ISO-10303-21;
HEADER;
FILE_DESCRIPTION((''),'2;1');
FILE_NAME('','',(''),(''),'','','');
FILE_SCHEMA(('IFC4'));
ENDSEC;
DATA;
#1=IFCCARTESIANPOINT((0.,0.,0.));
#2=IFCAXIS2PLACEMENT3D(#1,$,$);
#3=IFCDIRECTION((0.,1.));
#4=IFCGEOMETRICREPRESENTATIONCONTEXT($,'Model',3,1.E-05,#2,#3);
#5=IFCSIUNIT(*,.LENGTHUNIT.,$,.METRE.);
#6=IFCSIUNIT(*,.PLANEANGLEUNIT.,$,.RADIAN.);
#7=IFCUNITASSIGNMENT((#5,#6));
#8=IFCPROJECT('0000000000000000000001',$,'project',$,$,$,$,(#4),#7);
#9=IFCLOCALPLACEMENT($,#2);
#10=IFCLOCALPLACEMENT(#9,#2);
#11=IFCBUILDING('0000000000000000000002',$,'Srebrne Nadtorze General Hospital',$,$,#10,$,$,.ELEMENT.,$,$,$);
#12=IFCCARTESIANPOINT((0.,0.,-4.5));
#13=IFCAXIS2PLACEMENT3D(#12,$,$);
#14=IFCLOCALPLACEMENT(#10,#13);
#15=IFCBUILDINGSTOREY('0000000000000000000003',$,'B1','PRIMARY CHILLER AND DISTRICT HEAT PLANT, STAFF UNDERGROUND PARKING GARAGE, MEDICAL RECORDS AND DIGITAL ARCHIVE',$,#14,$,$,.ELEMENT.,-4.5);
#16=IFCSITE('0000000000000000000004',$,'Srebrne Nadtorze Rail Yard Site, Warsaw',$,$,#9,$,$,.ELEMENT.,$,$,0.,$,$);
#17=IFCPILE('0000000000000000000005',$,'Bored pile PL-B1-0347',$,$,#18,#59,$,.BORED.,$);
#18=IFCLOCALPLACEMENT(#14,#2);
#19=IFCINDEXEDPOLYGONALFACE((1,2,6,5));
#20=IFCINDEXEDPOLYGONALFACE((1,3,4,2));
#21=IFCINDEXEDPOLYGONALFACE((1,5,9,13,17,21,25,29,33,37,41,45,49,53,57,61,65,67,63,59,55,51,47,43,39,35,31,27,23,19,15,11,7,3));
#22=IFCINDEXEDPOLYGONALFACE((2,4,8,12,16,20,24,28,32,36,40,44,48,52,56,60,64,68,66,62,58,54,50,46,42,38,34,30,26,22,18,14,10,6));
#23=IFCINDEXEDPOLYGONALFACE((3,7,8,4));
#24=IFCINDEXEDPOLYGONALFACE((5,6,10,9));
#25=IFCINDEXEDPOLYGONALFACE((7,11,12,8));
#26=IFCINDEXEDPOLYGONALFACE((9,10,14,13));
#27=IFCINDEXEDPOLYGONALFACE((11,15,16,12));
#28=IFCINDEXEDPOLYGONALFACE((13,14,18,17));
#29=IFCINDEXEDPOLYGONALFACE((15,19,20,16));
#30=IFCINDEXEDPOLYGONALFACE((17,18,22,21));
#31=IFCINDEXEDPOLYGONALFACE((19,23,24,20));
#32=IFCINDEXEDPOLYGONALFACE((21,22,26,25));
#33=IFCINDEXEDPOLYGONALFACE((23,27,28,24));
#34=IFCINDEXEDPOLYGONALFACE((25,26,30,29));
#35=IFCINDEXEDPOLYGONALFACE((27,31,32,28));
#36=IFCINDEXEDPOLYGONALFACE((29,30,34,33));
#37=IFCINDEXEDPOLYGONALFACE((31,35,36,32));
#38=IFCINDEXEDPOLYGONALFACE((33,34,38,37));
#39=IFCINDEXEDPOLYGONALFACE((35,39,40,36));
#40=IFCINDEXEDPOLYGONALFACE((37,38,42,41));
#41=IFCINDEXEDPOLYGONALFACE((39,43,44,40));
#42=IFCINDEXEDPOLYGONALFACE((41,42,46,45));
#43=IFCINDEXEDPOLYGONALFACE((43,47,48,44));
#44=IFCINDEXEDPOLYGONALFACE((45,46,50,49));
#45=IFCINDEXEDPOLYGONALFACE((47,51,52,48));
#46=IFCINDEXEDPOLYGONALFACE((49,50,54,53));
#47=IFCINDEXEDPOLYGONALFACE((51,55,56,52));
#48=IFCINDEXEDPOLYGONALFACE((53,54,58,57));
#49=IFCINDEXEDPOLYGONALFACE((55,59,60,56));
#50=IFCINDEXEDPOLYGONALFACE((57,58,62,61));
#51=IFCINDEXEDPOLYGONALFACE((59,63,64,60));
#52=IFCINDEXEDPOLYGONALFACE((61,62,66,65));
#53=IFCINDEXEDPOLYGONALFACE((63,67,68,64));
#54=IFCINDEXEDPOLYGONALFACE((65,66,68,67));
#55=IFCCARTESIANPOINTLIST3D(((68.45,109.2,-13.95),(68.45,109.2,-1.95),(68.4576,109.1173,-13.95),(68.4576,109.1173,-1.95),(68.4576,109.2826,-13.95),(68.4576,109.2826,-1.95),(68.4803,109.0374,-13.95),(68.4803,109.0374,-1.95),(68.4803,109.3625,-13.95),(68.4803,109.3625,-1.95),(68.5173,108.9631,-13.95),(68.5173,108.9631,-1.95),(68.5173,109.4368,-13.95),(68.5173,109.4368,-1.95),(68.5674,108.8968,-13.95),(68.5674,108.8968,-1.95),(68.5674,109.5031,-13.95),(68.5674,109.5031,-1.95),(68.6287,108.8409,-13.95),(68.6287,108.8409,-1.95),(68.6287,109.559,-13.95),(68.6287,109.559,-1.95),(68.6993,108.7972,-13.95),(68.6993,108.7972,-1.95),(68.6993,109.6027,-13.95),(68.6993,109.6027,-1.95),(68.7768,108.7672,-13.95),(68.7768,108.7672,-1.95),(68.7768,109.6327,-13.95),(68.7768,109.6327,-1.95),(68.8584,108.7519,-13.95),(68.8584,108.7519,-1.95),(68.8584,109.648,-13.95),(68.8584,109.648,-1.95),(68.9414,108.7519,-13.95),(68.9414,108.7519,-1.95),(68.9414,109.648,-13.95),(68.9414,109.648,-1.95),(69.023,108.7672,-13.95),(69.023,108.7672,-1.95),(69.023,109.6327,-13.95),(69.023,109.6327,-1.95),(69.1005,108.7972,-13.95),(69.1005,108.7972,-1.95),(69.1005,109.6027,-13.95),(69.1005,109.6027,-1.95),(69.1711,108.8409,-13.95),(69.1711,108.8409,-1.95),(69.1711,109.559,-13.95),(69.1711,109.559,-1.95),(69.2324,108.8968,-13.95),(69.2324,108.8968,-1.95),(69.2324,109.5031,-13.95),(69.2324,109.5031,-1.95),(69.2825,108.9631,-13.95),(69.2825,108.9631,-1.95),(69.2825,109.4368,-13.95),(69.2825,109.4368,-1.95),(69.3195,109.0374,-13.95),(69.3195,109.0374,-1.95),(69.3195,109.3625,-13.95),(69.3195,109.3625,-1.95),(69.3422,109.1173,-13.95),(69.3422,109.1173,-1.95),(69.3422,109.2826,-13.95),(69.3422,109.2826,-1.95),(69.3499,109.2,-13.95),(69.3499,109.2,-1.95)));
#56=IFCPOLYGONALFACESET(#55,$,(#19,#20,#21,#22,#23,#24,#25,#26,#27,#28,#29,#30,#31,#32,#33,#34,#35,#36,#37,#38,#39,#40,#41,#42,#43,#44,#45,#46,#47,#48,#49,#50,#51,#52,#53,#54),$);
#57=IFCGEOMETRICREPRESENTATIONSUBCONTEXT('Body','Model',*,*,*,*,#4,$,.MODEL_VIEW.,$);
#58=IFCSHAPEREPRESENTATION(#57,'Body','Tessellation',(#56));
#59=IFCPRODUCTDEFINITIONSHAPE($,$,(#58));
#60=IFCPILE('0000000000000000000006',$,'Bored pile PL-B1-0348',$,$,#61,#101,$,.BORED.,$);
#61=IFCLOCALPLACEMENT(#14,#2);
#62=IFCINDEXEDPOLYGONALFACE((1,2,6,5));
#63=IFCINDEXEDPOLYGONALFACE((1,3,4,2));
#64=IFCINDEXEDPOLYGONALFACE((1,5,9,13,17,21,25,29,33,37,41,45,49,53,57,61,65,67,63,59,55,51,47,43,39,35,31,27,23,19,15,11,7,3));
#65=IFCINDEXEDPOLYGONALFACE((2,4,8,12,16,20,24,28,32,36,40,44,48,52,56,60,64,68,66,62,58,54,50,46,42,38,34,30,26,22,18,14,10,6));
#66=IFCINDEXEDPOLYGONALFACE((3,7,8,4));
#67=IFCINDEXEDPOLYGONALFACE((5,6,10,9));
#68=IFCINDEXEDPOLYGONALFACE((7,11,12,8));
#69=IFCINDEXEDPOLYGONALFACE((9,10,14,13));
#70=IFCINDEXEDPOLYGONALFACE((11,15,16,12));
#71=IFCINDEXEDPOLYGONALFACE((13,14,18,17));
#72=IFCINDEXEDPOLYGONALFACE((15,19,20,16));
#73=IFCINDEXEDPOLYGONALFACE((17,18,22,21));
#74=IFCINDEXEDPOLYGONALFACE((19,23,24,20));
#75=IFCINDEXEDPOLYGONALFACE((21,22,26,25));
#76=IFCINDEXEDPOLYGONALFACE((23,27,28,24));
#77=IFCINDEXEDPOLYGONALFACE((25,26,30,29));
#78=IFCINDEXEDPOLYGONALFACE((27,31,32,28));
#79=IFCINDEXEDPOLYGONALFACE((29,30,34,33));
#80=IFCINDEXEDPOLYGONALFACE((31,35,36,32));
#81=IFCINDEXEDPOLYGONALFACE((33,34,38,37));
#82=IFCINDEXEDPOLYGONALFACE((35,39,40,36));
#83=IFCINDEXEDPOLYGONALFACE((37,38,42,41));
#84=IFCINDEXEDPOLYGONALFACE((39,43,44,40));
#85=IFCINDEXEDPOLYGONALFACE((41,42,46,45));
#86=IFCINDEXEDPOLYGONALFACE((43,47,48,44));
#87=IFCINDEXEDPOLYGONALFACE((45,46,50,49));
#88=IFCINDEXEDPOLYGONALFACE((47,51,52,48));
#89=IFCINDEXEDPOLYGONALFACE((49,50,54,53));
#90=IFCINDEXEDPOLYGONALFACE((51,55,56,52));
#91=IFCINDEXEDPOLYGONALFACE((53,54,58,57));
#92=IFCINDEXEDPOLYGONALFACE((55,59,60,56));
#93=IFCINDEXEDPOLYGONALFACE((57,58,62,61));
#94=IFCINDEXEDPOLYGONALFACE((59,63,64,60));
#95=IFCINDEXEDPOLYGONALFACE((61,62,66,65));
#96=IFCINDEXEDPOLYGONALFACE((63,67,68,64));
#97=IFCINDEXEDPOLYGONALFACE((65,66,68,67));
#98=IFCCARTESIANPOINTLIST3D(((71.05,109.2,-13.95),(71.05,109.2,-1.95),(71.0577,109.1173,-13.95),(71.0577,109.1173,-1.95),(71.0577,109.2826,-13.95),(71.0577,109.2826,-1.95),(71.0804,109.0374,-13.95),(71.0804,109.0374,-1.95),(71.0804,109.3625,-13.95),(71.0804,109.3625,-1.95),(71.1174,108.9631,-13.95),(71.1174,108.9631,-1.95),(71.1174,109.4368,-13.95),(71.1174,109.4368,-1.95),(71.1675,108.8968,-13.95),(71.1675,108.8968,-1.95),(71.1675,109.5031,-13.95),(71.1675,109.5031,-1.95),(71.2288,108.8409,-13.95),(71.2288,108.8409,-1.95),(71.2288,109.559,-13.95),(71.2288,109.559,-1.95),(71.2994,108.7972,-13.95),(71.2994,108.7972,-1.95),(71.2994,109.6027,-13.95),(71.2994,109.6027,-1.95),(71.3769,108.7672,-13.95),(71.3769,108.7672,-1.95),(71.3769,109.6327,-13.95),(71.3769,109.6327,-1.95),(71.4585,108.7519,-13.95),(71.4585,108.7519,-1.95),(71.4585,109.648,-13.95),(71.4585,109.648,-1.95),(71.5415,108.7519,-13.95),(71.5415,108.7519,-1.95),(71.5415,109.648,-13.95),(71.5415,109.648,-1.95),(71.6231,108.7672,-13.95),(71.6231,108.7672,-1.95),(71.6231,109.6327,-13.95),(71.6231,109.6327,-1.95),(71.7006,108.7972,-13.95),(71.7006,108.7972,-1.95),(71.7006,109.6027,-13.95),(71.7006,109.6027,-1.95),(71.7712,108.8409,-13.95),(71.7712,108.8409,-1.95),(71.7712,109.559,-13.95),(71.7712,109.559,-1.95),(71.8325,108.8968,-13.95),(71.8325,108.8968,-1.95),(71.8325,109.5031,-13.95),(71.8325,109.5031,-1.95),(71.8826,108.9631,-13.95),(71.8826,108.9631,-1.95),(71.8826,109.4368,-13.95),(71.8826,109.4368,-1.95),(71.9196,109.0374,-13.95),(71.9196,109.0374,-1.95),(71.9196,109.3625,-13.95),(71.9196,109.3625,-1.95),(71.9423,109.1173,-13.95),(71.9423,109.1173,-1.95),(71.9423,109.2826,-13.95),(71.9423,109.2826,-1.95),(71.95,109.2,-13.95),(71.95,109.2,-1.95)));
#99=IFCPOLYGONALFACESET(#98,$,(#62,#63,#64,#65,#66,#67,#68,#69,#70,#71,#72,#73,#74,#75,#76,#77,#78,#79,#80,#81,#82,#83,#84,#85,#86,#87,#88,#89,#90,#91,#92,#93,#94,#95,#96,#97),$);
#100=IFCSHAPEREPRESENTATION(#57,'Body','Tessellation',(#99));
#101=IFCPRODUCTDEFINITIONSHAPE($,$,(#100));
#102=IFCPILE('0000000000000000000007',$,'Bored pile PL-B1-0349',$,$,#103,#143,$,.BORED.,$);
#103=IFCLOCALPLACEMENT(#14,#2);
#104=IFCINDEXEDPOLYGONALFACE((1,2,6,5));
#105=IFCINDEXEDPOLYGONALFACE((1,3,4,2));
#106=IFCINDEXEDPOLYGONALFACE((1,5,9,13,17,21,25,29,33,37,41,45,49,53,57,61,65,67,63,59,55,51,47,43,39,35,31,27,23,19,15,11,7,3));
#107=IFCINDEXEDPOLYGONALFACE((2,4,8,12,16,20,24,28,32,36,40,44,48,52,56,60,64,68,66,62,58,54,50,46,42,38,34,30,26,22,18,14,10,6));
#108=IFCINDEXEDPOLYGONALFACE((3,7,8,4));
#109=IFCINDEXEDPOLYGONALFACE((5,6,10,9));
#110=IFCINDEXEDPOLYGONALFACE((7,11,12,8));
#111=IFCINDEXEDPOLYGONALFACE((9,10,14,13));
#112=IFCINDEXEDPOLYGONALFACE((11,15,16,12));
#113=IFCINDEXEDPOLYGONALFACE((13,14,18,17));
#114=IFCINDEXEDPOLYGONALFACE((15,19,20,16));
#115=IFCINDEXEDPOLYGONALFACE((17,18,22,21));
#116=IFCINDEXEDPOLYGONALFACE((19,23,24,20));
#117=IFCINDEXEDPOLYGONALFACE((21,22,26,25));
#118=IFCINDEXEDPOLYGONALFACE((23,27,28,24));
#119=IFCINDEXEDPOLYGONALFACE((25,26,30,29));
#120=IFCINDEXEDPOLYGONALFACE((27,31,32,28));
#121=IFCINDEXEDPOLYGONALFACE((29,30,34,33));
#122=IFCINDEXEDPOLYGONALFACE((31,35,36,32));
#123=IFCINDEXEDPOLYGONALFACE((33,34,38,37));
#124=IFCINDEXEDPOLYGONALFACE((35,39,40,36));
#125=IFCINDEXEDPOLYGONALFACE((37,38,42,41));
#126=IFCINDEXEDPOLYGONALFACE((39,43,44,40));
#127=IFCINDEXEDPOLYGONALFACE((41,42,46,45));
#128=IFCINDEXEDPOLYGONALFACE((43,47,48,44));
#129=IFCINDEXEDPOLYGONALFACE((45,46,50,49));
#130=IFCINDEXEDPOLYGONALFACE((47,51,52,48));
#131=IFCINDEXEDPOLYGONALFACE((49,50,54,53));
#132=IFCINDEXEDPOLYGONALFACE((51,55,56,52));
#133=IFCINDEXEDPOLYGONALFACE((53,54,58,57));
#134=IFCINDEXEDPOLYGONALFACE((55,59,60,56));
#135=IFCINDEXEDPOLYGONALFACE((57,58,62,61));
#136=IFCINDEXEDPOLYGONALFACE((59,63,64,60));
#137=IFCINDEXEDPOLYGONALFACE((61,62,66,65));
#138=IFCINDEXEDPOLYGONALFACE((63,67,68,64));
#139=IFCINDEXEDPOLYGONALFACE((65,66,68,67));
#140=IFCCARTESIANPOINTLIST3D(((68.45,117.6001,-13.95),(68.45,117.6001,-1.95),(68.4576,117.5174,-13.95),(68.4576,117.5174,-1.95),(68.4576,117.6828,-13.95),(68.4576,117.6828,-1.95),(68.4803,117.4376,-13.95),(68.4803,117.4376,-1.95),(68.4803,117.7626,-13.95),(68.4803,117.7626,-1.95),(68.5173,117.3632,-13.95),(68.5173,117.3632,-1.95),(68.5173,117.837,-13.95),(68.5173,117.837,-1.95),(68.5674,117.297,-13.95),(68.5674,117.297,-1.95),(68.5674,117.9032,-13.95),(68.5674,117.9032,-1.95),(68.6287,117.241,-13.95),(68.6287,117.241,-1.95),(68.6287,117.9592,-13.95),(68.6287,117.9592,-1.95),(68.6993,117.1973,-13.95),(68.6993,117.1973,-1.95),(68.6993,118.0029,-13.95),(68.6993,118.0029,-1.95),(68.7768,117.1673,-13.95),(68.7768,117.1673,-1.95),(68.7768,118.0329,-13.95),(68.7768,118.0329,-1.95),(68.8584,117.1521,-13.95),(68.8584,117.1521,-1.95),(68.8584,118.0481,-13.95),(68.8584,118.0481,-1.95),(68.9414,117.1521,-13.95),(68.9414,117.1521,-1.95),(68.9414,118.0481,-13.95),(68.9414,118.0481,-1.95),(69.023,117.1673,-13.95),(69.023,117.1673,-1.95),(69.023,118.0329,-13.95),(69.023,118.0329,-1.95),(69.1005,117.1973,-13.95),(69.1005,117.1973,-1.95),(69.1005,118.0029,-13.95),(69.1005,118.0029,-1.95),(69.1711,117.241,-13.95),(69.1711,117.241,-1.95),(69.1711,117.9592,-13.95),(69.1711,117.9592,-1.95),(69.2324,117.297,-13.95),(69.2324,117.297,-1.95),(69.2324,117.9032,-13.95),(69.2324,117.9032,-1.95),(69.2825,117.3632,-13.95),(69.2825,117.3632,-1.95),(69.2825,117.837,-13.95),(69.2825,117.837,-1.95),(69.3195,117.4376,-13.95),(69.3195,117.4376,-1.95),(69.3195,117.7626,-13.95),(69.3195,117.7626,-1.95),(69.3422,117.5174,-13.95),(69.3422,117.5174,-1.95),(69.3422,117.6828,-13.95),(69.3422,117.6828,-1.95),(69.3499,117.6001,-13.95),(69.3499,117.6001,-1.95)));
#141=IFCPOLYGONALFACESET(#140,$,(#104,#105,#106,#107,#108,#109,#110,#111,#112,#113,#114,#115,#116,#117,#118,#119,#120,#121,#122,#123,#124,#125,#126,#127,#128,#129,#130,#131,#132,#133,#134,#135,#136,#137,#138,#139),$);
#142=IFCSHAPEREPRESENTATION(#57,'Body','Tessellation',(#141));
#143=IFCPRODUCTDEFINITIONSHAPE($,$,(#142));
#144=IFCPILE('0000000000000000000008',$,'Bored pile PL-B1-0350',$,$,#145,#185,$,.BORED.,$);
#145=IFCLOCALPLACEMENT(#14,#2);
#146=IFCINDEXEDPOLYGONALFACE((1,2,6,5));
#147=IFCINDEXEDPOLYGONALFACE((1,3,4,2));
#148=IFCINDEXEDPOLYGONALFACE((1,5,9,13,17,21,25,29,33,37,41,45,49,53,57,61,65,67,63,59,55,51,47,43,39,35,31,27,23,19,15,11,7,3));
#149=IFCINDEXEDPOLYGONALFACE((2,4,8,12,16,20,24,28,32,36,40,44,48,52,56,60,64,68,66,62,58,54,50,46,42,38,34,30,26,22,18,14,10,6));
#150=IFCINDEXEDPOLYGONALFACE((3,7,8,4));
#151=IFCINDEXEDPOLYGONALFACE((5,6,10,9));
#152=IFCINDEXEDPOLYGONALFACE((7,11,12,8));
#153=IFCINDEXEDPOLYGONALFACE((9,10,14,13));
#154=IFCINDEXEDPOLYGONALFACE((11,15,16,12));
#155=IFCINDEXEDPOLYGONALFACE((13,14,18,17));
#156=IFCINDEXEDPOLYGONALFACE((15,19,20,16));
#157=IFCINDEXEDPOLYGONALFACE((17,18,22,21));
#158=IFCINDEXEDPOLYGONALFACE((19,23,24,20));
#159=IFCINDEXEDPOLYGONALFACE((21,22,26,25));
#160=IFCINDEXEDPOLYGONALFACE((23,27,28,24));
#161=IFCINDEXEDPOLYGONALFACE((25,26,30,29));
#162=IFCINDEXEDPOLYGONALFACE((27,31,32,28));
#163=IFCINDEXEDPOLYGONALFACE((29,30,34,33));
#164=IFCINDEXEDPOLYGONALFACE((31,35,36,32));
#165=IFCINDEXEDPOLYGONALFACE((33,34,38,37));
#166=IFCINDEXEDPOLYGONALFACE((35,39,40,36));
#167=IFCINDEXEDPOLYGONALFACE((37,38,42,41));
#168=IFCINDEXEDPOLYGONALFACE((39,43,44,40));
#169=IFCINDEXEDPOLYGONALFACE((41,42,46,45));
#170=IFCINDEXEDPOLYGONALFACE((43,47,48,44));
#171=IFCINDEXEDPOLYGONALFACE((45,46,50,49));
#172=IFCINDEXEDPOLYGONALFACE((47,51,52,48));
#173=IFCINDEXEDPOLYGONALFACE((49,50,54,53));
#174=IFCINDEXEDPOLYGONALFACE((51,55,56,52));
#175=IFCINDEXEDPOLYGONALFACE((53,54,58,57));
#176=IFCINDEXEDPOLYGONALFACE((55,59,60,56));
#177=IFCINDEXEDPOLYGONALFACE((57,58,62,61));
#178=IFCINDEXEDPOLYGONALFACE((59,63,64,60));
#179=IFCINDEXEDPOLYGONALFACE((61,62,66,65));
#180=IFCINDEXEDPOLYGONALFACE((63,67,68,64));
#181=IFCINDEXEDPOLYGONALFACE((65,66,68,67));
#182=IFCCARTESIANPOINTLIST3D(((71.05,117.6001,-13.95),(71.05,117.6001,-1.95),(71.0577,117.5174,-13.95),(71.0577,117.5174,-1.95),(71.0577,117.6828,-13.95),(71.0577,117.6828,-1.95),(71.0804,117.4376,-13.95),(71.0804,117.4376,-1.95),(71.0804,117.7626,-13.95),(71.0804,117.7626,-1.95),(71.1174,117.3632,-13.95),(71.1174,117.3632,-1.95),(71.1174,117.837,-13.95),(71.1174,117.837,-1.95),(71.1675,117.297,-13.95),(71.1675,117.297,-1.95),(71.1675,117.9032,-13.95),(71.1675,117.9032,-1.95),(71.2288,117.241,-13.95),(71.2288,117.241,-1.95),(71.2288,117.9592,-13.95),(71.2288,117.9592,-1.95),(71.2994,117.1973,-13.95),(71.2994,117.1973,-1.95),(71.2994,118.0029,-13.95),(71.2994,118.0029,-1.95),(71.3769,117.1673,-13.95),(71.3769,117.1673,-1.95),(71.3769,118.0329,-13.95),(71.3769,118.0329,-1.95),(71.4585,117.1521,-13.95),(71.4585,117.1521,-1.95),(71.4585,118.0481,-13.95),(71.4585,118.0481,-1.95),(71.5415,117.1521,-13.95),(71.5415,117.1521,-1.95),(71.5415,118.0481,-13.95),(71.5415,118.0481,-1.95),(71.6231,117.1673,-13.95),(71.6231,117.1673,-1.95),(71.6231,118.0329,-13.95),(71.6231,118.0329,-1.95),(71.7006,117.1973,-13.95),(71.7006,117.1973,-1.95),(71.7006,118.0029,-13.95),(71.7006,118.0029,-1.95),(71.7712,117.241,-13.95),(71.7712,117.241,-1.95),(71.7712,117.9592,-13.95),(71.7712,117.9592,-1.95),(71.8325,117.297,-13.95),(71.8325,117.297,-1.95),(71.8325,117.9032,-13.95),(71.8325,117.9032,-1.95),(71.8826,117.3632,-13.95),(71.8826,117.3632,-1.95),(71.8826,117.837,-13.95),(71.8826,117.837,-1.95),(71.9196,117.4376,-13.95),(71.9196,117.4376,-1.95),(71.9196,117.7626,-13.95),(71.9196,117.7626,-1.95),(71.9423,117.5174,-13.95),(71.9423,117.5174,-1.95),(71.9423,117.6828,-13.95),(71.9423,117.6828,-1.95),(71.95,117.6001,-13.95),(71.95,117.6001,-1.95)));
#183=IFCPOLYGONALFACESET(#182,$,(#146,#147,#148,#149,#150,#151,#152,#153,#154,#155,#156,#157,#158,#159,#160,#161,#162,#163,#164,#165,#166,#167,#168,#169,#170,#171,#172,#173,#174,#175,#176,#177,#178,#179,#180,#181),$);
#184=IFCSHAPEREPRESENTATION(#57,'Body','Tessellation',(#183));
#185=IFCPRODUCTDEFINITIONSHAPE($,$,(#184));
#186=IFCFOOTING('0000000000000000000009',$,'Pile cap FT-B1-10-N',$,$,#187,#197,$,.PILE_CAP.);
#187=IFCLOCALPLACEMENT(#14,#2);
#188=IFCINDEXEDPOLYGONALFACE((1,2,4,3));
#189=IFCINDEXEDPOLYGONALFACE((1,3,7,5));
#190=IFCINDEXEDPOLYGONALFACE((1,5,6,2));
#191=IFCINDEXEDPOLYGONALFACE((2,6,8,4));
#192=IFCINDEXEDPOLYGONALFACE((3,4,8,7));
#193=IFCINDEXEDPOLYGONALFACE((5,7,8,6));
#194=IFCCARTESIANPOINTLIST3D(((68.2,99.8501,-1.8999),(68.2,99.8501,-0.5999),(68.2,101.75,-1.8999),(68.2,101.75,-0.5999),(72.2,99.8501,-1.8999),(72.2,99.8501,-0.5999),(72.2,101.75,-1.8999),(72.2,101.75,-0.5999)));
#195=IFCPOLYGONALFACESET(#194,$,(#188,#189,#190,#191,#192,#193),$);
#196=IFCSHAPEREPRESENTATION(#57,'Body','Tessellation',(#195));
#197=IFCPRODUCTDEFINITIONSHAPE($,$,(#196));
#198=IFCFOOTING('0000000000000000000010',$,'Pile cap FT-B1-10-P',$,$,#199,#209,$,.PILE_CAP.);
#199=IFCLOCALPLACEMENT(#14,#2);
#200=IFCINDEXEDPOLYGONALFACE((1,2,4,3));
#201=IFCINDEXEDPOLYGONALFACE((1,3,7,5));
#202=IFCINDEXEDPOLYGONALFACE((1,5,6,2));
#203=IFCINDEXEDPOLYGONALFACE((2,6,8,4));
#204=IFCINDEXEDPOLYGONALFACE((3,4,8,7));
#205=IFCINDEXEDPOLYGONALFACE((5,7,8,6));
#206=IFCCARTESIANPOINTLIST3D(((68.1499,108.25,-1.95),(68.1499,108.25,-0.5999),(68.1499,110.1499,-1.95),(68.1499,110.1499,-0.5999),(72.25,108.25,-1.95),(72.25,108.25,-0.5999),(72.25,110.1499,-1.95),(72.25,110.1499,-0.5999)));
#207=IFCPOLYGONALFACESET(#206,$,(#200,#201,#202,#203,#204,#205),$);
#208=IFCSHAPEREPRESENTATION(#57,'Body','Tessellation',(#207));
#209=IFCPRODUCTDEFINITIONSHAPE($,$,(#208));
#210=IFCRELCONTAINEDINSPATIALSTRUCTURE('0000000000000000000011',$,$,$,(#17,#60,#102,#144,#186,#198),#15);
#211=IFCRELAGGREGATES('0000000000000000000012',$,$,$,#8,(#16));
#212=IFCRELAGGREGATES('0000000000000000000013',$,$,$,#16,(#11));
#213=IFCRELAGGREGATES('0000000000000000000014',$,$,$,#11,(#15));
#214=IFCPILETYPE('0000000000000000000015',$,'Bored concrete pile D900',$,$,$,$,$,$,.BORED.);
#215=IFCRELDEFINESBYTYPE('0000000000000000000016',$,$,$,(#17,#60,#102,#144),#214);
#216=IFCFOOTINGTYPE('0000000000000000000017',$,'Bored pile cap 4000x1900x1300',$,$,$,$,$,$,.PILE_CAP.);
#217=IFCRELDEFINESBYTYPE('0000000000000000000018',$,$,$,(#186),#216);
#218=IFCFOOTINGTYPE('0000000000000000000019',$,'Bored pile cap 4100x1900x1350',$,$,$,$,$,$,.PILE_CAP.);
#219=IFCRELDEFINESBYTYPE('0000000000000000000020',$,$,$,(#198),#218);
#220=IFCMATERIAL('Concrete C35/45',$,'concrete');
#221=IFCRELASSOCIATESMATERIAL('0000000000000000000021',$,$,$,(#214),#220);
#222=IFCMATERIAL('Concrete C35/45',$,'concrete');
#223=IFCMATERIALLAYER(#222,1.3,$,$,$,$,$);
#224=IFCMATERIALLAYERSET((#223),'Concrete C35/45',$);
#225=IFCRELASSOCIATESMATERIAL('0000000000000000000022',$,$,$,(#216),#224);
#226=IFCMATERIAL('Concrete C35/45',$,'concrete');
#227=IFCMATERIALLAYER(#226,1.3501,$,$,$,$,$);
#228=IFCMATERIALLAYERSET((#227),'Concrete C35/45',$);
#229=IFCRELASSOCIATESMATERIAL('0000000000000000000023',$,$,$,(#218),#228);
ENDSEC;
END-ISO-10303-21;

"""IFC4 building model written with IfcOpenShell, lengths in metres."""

from ifc_helpers import new_model, si_unit, direction, frame, origin, origin_2d, place, context, subcontext, project, spatial, rectangle, circle, extrude, material, layer, layer_set, material_profile, profile_set, type_object, element, save


model = new_model("IFC4")

# Units and contexts
model_context = context("Model", 3, precision=1e-05, world=origin(), true_north=direction((0.0, 1.0)))
body_context = subcontext(model_context, "Body", "Model", "MODEL_VIEW")
ifc_project = project(units=[si_unit("LENGTHUNIT", "METRE"), si_unit("PLANEANGLEUNIT", "RADIAN")], contexts=[model_context])

# Site, building, storey
site_placement = place(None, origin())
site = spatial("IfcSite", under=ifc_project, at=site_placement, Name="Srebrne Nadtorze Rail Yard Site, Warsaw", CompositionType="ELEMENT", RefElevation=0.0)
building_placement = place(site_placement, origin())
building = spatial("IfcBuilding", under=site, at=building_placement, Name="Srebrne Nadtorze General Hospital", CompositionType="ELEMENT")
storey_placement = place(building_placement, frame((0.0, 0.0, -4.5)))
storey = spatial("IfcBuildingStorey", under=building, at=storey_placement, Name="B1", Description="PRIMARY CHILLER AND DISTRICT HEAT PLANT, STAFF UNDERGROUND PARKING GARAGE, MEDICAL RECORDS AND DIGITAL ARCHIVE", CompositionType="ELEMENT", Elevation=-4.5)

# Piles
ifc_material_1 = material(Name="Concrete C35/45", Category="concrete")
ifc_material_profile_1 = material_profile(ifc_material_1, circle(Radius=0.45, at=origin_2d()), Name="PILE-D900")
ifc_profile_set_1 = profile_set([ifc_material_profile_1], Name="Concrete C35/45")
pile_type_1 = type_object("IfcPileType", Name="Bored concrete pile D900", PredefinedType="BORED", material=ifc_profile_set_1)
for number, where, z_axis, x_axis, name in (
    (1, (68.8999, 109.2, -1.95), (0.0, 0.0, -1.0), (1.0, 0.0, 0.0), "Bored pile PL-B1-0347"),
    (2, (71.5, 109.2, -1.95), (0.0, 0.0, -1.0), (1.0, 0.0, 0.0), "Bored pile PL-B1-0348"),
    (3, (68.8999, 117.6001, -1.95), (0.0, 0.0, -1.0), (1.0, 0.0, 0.0), "Bored pile PL-B1-0349"),
    (4, (71.5, 117.6001, -1.95), (0.0, 0.0, -1.0), (1.0, 0.0, 0.0), "Bored pile PL-B1-0350"),
):
    element("IfcPile", number, at=place(storey_placement, frame(where, z_axis=z_axis, x_axis=x_axis)), inside=storey, type_object=pile_type_1, Name=name, PredefinedType="BORED", context=body_context, shape_type="SweptSolid", body=[
        extrude(circle(Radius=0.45, at=origin_2d()), origin(), (0.0, 0.0, 1.0), 12.0),
    ])

# Footings
ifc_material_2 = material(Name="Concrete C35/45", Category="concrete")
ifc_layer_1 = layer(ifc_material_2, 1.3)
ifc_layer_set_1 = layer_set([ifc_layer_1], Name="Concrete C35/45")
footing_type_1 = type_object("IfcFootingType", Name="Bored pile cap 4000x1900x1300", PredefinedType="PILE_CAP", material=ifc_layer_set_1)
footing_1_placement = place(storey_placement, frame((70.2, 100.8, -1.8999), z_axis=(0.0, 0.0, 1.0), x_axis=(1.0, 0.0, 0.0)))
element("IfcFooting", 5, at=footing_1_placement, inside=storey, type_object=footing_type_1, Name="Pile cap FT-B1-10-N", PredefinedType="PILE_CAP", context=body_context, shape_type="SweptSolid", body=[
    extrude(rectangle(XDim=4.0, YDim=1.8999, at=origin_2d()), origin(), (0.0, 0.0, 1.0), 1.3),
])
ifc_material_3 = material(Name="Concrete C35/45", Category="concrete")
ifc_layer_2 = layer(ifc_material_3, 1.3501)
ifc_layer_set_2 = layer_set([ifc_layer_2], Name="Concrete C35/45")
footing_type_2 = type_object("IfcFootingType", Name="Bored pile cap 4100x1900x1350", PredefinedType="PILE_CAP", material=ifc_layer_set_2)
for number, where, z_axis, x_axis, name in (
    (6, (70.2, 109.2, -1.95), (0.0, 0.0, 1.0), (1.0, 0.0, 0.0), "Pile cap FT-B1-10-P"),
):
    element("IfcFooting", number, at=place(storey_placement, frame(where, z_axis=z_axis, x_axis=x_axis)), inside=storey, type_object=footing_type_2, Name=name, PredefinedType="PILE_CAP", context=body_context, shape_type="SweptSolid", body=[
        extrude(rectangle(XDim=4.1001, YDim=1.8999, at=origin_2d()), origin(), (0.0, 0.0, 1.0), 1.3501),
    ])

save(model, "model.ifc")
